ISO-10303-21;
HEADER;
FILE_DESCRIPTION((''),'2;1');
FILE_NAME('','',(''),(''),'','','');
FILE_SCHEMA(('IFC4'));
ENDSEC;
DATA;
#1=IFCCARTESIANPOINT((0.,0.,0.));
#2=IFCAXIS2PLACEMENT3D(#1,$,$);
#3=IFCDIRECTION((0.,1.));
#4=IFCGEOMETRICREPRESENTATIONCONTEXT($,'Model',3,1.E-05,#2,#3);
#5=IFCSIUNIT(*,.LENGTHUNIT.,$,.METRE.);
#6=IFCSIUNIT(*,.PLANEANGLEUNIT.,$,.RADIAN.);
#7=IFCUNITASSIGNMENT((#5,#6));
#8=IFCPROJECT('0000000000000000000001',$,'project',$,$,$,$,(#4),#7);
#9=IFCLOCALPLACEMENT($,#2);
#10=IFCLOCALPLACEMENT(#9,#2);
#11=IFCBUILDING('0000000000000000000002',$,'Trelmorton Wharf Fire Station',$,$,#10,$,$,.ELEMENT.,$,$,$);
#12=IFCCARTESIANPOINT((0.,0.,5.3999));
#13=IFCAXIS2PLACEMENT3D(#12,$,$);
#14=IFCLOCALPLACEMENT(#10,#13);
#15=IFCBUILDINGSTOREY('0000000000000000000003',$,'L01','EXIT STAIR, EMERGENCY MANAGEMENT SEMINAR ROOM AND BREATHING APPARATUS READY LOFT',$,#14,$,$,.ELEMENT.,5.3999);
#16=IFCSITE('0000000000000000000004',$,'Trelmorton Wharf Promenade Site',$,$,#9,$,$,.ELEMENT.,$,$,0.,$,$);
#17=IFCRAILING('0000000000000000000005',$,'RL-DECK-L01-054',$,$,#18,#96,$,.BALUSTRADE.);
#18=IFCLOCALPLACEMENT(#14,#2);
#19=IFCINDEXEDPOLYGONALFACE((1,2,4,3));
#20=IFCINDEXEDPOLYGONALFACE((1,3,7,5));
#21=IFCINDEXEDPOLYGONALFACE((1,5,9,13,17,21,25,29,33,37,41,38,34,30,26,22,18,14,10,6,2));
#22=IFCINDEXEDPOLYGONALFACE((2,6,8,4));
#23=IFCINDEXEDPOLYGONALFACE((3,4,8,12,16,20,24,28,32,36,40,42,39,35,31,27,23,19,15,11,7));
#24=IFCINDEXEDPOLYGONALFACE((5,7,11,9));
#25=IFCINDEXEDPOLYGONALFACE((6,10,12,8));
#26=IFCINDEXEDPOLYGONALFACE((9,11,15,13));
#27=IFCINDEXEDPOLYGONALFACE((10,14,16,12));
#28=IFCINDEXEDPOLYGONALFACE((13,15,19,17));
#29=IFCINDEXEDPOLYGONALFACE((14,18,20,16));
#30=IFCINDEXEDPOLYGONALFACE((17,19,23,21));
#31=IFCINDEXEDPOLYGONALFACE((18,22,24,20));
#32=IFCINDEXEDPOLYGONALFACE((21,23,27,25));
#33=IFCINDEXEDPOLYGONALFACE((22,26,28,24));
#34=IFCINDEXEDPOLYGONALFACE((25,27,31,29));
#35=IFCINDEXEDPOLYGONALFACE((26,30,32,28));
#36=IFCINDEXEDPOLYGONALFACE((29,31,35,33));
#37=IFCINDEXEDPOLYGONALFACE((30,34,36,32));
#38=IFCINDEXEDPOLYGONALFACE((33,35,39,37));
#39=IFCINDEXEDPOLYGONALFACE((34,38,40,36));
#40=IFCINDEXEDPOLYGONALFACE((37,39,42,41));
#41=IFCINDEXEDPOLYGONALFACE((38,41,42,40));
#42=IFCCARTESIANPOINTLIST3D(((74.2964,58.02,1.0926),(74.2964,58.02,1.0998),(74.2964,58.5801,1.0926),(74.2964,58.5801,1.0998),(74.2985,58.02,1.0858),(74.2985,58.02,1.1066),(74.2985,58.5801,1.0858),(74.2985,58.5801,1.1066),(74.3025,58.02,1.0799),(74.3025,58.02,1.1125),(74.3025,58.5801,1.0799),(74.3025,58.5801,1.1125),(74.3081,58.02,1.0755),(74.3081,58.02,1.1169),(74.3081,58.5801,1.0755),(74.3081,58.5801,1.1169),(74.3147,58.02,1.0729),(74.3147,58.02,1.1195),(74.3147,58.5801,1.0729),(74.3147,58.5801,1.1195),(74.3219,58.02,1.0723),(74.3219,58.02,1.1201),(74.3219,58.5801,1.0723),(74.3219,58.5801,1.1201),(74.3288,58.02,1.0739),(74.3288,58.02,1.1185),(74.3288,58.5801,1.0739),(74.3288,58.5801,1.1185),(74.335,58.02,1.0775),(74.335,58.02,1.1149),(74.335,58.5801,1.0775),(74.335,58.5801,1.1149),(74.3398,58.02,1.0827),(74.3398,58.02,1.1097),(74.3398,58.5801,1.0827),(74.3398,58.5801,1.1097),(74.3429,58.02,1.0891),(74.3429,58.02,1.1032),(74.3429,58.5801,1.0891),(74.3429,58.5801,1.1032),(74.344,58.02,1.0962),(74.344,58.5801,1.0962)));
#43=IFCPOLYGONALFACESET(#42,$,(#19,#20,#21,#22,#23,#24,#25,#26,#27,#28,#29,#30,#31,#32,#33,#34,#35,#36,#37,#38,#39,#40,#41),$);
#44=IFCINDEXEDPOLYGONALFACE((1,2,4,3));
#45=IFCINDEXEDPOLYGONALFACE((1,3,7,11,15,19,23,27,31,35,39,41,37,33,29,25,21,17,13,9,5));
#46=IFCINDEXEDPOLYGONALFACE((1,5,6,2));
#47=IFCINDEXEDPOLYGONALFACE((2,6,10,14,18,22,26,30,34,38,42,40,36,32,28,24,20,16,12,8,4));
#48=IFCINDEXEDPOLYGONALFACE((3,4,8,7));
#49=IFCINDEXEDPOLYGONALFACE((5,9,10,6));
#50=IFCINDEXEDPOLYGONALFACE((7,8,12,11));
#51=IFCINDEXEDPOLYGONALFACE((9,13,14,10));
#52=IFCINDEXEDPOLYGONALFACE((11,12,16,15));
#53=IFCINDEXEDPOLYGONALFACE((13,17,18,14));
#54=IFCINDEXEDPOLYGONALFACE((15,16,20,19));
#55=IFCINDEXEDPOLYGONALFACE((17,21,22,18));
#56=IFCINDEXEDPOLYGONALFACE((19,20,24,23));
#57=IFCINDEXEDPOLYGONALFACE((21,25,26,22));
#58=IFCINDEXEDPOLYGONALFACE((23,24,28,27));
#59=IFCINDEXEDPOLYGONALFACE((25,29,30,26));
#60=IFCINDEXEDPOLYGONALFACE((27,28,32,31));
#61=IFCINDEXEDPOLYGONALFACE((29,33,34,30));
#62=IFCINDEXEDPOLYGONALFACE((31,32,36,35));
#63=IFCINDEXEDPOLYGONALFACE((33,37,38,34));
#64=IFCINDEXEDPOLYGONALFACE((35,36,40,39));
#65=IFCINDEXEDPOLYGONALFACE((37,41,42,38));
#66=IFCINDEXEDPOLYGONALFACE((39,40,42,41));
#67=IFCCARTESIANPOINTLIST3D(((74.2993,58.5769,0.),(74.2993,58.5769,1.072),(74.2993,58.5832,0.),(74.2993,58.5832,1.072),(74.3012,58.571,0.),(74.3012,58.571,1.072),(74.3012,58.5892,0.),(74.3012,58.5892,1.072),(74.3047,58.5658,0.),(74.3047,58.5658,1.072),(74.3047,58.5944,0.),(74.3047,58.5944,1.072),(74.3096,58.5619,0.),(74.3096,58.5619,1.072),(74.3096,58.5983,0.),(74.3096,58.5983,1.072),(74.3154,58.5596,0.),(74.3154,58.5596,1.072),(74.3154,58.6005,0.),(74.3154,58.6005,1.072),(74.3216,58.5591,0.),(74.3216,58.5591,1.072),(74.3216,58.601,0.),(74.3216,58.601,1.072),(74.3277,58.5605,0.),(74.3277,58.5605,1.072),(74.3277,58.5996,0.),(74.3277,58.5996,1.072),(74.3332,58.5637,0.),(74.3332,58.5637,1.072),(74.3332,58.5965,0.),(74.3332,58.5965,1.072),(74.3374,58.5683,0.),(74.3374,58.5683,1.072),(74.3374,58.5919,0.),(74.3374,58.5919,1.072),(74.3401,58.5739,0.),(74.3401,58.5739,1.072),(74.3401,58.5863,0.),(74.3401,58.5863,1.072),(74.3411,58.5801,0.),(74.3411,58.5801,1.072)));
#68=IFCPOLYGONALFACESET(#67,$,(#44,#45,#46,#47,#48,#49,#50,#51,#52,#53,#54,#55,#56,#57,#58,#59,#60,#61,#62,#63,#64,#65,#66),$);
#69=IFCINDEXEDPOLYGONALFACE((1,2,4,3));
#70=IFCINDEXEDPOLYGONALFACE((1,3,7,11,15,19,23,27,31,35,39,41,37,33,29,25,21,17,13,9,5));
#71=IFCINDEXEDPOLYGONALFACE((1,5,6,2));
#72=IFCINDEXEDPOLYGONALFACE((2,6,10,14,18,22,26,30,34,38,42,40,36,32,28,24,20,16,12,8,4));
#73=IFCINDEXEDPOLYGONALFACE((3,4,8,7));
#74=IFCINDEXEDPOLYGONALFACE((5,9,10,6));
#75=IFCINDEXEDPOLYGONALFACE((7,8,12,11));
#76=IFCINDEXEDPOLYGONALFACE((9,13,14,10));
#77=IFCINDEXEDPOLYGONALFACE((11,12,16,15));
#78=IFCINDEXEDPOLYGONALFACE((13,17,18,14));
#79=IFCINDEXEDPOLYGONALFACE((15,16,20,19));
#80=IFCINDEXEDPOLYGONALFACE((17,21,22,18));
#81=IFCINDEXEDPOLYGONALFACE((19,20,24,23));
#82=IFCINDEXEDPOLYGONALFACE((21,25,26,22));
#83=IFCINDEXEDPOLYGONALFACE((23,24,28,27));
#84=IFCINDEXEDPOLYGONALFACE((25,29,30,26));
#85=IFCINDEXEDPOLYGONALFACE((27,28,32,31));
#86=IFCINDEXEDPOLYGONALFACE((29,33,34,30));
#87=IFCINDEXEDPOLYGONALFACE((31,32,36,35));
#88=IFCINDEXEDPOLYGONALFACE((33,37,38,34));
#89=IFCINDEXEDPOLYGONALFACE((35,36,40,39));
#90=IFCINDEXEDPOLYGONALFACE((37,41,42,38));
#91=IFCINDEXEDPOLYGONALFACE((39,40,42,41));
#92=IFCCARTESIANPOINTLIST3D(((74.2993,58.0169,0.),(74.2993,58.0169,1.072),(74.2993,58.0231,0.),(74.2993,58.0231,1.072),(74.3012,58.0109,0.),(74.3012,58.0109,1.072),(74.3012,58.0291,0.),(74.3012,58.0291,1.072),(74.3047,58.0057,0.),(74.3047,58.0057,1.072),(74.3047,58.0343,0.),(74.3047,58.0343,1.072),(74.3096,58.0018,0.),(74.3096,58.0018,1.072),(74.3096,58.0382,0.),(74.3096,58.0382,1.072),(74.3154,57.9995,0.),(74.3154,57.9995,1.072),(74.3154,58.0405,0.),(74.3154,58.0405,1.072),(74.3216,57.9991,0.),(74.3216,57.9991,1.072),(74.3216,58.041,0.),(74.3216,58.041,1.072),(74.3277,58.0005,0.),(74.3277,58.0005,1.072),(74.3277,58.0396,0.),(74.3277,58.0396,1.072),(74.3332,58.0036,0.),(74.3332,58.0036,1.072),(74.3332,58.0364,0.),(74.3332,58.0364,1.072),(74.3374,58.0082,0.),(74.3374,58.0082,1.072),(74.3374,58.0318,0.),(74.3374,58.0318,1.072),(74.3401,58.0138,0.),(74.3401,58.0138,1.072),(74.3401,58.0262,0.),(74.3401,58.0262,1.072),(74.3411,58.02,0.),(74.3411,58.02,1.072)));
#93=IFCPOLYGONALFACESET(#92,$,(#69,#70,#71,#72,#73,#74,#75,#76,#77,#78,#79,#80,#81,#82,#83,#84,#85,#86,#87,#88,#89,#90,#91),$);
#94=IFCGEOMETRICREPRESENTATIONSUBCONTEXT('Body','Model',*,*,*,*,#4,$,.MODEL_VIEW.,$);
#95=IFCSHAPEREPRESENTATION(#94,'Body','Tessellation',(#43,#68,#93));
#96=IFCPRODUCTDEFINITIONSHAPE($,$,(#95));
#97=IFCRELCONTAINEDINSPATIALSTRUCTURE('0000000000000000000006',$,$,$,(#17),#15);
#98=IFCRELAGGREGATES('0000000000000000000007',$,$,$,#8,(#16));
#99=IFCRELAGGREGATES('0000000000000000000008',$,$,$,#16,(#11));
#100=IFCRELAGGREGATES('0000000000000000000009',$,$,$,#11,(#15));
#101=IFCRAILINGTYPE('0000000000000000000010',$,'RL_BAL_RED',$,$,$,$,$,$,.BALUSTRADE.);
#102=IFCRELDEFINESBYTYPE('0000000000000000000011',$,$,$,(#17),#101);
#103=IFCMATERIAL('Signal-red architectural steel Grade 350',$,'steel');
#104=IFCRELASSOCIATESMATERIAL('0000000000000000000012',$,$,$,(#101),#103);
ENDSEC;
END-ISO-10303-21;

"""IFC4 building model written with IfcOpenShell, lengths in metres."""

from ifc_helpers import new_model, si_unit, direction, frame, origin, origin_2d, place, context, subcontext, project, spatial, circle, extrude, material, type_object, element, save


model = new_model("IFC4")

# Units and contexts
model_context = context("Model", 3, precision=1e-05, world=origin(), true_north=direction((0.0, 1.0)))
body_context = subcontext(model_context, "Body", "Model", "MODEL_VIEW")
ifc_project = project(units=[si_unit("LENGTHUNIT", "METRE"), si_unit("PLANEANGLEUNIT", "RADIAN")], contexts=[model_context])

# Site, building, storey
site_placement = place(None, origin())
site = spatial("IfcSite", under=ifc_project, at=site_placement, Name="Trelmorton Wharf Promenade Site", CompositionType="ELEMENT", RefElevation=0.0)
building_placement = place(site_placement, origin())
building = spatial("IfcBuilding", under=site, at=building_placement, Name="Trelmorton Wharf Fire Station", CompositionType="ELEMENT")
storey_placement = place(building_placement, frame((0.0, 0.0, 5.3999)))
storey = spatial("IfcBuildingStorey", under=building, at=storey_placement, Name="L01", Description="EXIT STAIR, EMERGENCY MANAGEMENT SEMINAR ROOM AND BREATHING APPARATUS READY LOFT", CompositionType="ELEMENT", Elevation=5.3999)

# Shared definitions
ifc_material_1 = material(Name="Signal-red architectural steel Grade 350", Category="steel")

# Railing
railing_type = type_object("IfcRailingType", Name="RL_BAL_RED", PredefinedType="BALUSTRADE", material=ifc_material_1)
railing_1_placement = place(storey_placement, frame((74.3201, 58.5801, 0.0)))
element("IfcRailing", 1, at=railing_1_placement, inside=storey, type_object=railing_type, Name="RL-DECK-L01-054", PredefinedType="BALUSTRADE", context=body_context, shape_type="SweptSolid", body=[
    extrude(circle(Radius=0.0239, at=origin_2d()), frame((0.0, 0.0, 1.0962), z_axis=(0.0, -1.0, 0.0), x_axis=(1.0, 0.0, 0.0)), (0.0, 0.0, 1.0), 0.5601),
    extrude(circle(Radius=0.021, at=origin_2d()), origin(), (0.0, 0.0, 1.0), 1.072),
    extrude(circle(Radius=0.021, at=origin_2d()), frame((0.0, -0.5601, 0.0)), (0.0, 0.0, 1.0), 1.072),
])

save(model, "model.ifc")
